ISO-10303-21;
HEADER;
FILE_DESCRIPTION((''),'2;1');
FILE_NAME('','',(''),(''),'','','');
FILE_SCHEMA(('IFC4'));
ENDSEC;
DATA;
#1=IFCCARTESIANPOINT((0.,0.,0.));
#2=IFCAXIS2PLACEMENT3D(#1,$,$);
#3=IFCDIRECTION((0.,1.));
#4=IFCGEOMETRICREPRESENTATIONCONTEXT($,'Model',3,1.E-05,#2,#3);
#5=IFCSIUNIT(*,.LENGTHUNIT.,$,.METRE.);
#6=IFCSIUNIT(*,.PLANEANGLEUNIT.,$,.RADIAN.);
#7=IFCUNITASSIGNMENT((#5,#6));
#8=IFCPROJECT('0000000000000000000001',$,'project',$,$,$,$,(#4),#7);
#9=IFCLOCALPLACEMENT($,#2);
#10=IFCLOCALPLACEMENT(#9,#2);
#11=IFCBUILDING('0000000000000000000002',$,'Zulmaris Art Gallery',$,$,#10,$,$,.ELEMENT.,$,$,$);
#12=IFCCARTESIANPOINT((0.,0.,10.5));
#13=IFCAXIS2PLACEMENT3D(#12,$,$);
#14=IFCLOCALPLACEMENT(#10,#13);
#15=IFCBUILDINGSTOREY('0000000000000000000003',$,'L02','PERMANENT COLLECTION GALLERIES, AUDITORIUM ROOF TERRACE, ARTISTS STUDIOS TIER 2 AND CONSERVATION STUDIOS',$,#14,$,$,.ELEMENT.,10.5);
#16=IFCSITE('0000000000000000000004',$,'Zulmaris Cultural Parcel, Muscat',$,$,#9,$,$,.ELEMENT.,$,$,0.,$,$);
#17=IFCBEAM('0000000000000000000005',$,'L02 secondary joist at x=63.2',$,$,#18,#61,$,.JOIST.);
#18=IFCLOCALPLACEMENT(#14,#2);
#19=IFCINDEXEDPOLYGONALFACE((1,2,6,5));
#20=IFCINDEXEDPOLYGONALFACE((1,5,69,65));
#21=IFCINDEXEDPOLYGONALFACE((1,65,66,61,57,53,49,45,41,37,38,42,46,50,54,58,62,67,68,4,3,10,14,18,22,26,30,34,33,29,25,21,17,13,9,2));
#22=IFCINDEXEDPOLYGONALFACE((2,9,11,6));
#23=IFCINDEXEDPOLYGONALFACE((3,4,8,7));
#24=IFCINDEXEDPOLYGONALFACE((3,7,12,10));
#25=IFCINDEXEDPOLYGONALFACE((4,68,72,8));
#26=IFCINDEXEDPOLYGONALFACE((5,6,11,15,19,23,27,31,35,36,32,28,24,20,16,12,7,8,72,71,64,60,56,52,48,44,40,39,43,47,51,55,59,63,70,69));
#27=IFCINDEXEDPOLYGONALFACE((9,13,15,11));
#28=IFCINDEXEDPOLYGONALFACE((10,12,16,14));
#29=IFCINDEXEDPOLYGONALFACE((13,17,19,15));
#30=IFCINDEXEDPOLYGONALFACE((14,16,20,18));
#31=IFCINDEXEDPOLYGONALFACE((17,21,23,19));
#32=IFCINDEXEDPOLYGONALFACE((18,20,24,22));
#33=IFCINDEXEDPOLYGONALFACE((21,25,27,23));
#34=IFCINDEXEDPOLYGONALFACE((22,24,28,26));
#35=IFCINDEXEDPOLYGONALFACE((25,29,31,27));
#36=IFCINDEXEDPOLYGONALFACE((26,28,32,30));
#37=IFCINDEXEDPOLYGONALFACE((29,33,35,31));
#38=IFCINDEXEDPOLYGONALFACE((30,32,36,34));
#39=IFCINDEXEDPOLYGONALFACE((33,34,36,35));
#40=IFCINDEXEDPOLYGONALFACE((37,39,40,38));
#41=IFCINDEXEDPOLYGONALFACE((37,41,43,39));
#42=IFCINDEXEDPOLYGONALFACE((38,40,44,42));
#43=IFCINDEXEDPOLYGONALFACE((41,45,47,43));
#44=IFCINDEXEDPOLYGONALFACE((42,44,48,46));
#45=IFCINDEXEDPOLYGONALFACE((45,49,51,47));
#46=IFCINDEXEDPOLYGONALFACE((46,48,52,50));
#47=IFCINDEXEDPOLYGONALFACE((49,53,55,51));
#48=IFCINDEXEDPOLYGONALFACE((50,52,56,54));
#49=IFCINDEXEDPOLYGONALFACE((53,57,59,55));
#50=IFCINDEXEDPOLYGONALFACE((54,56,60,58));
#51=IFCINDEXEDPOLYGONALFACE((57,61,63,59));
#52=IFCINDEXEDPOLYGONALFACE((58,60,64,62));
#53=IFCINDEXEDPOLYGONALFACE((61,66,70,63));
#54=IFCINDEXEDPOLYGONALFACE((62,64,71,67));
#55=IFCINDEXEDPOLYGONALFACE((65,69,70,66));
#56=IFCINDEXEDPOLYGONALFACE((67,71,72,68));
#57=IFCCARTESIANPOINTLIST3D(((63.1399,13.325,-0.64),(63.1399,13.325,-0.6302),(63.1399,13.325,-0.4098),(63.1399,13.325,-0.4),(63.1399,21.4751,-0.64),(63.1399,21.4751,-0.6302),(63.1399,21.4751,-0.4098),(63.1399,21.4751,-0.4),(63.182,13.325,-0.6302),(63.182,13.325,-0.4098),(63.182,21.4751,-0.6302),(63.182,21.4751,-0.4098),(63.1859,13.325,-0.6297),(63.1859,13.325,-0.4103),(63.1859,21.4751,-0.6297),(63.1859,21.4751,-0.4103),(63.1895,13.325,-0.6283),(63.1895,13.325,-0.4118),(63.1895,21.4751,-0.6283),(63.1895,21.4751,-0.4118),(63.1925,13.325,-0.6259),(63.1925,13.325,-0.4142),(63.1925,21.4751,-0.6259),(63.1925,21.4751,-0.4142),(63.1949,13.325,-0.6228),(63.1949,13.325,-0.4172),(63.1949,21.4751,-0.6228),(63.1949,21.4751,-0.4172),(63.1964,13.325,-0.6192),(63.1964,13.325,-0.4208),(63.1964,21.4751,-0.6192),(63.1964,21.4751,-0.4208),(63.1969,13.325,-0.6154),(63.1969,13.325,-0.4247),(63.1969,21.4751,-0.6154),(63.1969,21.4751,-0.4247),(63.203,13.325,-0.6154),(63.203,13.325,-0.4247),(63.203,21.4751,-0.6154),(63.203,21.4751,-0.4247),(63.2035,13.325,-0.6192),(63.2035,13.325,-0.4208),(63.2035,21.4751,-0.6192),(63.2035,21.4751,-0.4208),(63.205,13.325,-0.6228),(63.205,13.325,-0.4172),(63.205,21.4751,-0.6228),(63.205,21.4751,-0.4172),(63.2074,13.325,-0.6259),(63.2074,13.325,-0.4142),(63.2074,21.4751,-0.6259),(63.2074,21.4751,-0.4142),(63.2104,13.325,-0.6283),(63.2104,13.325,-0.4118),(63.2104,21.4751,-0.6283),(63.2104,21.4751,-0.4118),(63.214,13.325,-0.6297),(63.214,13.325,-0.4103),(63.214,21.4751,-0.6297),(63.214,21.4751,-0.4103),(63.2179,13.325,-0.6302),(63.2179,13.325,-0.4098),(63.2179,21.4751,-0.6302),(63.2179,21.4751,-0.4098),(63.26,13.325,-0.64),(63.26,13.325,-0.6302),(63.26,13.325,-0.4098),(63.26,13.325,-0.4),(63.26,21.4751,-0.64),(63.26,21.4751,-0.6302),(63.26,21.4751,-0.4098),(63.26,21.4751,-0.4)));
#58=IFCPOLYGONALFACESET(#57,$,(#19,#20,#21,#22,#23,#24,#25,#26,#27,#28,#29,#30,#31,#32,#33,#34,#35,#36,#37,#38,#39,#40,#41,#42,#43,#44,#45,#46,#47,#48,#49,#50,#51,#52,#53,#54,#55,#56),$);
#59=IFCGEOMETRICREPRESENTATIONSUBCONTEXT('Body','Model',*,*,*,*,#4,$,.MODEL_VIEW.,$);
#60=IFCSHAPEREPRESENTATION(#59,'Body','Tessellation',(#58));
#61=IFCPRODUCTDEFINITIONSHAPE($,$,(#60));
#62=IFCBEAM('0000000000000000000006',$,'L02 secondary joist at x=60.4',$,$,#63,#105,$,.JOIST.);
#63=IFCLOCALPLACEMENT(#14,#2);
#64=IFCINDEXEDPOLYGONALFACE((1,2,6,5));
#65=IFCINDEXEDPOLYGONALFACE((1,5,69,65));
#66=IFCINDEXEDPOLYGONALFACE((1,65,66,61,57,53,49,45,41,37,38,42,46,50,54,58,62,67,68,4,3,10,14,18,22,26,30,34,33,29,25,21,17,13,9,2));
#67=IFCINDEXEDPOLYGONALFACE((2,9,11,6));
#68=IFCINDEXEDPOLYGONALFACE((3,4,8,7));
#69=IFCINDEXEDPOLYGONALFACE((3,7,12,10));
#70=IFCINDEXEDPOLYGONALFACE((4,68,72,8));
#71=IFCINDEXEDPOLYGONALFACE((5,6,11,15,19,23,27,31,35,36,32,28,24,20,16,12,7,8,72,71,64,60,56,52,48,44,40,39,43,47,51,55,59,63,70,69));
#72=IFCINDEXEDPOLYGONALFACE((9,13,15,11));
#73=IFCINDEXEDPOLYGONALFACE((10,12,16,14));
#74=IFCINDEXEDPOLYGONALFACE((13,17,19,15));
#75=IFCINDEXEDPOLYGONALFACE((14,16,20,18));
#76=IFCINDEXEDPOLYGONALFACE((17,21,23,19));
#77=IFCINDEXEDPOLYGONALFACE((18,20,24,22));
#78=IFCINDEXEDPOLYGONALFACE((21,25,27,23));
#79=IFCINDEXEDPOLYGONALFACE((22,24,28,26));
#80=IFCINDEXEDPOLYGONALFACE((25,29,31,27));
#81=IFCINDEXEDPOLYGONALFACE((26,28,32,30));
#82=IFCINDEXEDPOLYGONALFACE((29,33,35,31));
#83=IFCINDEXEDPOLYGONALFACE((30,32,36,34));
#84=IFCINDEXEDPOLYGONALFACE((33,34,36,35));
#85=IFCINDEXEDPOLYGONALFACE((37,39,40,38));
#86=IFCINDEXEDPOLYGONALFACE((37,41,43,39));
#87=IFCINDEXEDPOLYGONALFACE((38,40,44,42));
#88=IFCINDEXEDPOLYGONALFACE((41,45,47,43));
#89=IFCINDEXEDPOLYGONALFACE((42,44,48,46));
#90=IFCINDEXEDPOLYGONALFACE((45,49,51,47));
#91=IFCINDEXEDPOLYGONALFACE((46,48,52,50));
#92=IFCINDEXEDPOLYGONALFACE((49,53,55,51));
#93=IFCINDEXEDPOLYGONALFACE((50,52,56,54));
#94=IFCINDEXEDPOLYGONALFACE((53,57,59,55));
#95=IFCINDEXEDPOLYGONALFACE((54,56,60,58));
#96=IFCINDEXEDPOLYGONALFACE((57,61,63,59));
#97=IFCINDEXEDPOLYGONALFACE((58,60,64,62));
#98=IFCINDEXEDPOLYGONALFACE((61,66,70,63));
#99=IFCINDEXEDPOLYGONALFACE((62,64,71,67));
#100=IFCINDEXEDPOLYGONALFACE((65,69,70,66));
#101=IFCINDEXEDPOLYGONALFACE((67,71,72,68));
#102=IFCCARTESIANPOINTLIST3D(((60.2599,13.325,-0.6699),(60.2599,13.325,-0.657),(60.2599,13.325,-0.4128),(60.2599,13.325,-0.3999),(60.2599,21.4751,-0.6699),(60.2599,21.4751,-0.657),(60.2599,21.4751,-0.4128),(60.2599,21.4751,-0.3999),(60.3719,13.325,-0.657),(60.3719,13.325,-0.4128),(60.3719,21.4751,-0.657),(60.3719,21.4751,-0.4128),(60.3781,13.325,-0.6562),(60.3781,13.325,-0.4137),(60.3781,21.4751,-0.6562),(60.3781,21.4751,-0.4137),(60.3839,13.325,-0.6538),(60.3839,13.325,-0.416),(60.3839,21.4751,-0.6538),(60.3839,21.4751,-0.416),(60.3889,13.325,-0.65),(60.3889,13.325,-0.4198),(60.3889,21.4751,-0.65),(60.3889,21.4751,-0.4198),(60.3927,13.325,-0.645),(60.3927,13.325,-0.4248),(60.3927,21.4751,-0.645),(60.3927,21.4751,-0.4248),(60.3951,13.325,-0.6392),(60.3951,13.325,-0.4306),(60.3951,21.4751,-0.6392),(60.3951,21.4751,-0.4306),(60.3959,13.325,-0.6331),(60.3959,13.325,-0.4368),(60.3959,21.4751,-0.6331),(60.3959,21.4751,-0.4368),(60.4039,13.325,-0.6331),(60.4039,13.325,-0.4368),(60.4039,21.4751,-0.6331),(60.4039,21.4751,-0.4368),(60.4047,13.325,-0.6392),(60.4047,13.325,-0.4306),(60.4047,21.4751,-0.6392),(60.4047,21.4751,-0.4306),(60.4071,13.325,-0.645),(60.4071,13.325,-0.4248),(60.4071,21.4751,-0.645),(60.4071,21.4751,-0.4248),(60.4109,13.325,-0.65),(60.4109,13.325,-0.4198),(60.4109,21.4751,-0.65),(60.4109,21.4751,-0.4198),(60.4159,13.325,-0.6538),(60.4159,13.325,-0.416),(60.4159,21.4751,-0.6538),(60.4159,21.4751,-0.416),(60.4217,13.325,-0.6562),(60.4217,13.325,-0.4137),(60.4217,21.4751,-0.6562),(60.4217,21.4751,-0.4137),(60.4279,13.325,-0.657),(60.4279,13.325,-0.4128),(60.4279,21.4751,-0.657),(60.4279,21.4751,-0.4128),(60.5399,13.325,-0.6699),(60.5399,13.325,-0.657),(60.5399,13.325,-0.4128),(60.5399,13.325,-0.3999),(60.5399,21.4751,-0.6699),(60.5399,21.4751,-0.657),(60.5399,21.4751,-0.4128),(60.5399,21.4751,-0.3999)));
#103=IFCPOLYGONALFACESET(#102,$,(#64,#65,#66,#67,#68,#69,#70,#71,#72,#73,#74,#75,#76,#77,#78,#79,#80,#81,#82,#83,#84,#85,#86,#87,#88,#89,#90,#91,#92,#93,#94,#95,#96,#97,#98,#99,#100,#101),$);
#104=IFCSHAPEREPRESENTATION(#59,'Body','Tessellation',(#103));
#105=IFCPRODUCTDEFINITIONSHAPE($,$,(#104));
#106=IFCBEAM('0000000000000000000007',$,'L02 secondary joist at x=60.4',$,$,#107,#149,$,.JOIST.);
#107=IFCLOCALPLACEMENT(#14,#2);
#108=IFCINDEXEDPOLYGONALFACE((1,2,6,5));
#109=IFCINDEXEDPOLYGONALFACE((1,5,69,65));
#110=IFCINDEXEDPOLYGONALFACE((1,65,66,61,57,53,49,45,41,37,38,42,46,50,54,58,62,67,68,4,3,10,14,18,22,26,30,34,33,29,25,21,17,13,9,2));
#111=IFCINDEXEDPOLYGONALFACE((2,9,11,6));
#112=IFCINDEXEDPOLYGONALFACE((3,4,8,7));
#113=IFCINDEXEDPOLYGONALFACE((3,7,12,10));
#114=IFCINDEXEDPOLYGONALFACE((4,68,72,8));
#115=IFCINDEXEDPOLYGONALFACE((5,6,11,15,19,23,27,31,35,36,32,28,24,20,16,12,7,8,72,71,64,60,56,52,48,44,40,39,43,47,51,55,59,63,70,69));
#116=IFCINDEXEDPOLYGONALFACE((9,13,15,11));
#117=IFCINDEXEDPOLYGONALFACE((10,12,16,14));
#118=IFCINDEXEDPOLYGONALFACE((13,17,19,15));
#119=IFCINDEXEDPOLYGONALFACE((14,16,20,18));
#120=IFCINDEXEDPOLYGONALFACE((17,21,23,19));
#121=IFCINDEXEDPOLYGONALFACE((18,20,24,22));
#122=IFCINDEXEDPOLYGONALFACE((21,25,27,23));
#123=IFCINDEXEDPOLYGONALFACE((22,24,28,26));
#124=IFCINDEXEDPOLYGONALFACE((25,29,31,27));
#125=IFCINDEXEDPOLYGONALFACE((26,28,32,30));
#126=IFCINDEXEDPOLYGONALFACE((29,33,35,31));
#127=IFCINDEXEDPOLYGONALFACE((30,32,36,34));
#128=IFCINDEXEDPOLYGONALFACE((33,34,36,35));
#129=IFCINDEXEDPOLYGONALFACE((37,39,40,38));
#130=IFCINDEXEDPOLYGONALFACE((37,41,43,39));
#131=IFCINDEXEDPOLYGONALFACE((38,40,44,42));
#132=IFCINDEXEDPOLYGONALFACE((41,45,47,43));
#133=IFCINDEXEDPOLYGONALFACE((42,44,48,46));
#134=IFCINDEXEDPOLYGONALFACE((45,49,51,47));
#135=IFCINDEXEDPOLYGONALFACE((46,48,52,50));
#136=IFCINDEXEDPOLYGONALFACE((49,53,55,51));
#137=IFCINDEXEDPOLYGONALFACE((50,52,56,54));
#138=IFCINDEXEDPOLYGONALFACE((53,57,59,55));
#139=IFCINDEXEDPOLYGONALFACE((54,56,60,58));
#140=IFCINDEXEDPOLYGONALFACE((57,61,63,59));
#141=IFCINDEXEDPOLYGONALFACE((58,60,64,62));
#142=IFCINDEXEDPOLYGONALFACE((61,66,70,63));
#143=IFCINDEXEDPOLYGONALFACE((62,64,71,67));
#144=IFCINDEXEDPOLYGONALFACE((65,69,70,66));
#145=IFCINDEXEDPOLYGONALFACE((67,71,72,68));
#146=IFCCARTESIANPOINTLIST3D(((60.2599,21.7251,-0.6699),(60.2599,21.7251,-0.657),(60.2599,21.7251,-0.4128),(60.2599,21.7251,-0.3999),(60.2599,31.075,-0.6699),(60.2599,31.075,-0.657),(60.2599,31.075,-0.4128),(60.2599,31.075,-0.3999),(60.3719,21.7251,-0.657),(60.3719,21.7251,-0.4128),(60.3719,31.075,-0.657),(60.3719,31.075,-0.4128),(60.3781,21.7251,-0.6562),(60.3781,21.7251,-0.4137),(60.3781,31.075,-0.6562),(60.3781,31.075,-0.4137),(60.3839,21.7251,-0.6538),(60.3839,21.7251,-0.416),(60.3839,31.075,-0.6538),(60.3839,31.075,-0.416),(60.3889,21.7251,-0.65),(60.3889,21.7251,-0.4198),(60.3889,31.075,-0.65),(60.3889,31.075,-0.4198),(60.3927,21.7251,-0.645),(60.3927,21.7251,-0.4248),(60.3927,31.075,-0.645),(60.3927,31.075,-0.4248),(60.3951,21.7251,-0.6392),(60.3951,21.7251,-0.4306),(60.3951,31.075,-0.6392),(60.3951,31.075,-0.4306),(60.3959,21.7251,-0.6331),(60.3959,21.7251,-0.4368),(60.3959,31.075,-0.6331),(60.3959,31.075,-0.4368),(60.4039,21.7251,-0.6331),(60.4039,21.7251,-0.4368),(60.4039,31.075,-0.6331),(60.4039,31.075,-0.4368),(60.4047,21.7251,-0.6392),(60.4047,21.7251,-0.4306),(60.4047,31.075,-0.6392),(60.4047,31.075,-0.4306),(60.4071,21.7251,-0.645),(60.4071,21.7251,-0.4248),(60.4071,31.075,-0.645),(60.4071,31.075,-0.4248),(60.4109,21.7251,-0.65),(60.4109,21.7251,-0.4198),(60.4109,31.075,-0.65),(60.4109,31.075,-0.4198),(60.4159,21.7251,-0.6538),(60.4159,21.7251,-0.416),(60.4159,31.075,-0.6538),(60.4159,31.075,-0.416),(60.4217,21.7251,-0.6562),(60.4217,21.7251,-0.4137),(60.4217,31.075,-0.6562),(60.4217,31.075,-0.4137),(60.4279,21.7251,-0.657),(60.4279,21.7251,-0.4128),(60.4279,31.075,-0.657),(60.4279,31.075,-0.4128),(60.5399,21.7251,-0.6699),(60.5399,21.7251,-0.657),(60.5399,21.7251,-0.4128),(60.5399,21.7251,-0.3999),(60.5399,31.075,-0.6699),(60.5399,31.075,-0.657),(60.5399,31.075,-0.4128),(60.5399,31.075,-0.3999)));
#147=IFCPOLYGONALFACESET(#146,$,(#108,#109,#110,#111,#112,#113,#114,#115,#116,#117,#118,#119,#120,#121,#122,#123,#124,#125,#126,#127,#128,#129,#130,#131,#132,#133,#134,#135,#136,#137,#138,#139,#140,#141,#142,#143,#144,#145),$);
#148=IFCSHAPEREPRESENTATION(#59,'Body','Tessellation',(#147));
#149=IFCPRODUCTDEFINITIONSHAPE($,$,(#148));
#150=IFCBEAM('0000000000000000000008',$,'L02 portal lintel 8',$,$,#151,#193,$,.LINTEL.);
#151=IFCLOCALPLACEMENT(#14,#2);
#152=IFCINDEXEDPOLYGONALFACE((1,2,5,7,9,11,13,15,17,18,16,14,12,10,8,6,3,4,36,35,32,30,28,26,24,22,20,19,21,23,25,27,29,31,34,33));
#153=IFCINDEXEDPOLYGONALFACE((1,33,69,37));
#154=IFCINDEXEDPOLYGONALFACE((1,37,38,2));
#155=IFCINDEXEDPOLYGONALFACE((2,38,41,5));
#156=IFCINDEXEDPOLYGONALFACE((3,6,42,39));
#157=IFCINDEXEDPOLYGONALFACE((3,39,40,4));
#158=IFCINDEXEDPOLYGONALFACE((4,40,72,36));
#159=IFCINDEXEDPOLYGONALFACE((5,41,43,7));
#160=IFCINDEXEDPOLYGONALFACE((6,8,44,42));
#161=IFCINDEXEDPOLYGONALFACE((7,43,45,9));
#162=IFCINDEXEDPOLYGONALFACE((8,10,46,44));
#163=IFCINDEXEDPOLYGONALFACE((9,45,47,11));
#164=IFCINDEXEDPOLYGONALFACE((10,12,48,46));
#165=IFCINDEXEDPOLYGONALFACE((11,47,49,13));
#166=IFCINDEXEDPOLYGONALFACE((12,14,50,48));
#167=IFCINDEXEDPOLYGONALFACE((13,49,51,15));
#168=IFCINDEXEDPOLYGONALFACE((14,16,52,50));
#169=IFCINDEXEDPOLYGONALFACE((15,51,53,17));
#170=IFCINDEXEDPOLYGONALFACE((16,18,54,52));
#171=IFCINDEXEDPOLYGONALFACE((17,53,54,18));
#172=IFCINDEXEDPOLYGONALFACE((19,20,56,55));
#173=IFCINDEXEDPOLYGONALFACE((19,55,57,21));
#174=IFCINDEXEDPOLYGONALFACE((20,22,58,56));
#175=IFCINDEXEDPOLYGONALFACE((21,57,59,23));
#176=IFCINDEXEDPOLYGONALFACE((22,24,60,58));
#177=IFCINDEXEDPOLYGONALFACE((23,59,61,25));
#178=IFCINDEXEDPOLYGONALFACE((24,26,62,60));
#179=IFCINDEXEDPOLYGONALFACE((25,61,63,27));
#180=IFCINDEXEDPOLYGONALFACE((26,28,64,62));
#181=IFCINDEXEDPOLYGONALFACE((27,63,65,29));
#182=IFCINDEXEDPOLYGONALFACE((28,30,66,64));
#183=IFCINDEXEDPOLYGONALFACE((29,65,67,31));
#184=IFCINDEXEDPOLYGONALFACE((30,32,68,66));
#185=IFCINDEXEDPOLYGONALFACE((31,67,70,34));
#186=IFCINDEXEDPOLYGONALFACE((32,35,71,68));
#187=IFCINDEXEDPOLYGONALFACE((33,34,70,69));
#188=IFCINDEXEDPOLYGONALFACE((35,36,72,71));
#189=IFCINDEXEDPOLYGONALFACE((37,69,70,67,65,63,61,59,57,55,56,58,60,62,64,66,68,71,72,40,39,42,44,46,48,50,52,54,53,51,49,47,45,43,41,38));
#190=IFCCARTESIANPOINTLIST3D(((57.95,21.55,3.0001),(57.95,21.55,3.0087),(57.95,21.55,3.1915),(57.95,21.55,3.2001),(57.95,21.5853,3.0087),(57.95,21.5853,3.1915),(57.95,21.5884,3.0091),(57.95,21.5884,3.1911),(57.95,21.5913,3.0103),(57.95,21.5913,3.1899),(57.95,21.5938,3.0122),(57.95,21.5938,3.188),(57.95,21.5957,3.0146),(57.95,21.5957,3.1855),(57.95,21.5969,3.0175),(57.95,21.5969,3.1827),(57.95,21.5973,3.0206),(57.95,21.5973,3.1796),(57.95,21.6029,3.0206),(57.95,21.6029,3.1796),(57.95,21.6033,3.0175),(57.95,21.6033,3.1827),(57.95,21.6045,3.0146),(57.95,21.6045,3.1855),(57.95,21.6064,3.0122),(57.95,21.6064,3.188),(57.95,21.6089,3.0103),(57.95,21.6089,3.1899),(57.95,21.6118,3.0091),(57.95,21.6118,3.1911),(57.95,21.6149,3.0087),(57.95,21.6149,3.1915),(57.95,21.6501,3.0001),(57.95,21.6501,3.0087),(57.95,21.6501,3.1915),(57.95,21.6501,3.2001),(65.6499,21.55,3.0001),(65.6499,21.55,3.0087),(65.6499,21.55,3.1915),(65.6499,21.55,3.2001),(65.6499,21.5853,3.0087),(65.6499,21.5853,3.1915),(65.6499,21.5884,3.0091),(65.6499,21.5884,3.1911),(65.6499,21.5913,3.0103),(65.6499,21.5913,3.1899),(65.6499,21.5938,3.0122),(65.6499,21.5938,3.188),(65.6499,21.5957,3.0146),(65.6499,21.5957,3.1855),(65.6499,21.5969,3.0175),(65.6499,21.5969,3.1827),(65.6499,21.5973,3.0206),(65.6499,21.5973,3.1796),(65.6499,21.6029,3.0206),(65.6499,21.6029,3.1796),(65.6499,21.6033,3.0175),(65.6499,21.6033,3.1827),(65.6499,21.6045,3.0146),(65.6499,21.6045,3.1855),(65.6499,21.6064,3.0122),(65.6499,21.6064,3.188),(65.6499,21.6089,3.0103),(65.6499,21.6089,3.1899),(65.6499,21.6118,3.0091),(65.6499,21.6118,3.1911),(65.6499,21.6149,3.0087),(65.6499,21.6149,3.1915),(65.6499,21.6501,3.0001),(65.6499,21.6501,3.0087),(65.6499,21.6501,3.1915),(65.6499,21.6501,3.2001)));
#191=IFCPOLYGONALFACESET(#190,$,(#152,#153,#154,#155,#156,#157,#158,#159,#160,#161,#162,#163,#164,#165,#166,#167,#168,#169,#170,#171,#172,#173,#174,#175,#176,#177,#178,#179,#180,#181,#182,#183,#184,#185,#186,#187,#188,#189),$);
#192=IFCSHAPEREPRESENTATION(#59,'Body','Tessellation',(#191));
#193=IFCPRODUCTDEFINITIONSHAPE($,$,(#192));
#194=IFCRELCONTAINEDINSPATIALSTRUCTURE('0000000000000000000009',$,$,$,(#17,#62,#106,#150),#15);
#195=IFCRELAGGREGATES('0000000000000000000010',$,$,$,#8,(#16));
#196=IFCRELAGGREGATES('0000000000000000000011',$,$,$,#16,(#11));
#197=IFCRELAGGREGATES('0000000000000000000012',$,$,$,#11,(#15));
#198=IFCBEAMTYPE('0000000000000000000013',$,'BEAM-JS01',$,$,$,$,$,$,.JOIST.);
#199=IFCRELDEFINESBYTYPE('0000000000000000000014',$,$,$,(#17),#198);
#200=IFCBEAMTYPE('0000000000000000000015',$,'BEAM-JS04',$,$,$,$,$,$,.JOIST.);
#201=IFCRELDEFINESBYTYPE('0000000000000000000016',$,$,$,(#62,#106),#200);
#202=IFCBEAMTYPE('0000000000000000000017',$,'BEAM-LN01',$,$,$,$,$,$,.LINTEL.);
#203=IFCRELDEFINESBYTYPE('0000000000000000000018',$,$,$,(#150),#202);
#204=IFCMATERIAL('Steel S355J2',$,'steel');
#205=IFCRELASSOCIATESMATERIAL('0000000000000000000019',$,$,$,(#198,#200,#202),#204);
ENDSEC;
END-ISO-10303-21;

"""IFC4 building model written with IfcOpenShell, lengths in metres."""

from ifc_helpers import new_model, si_unit, direction, frame, origin, origin_2d, place, context, subcontext, project, spatial, i_section, extrude, material, material_profile, profile_set, type_object, element, save


model = new_model("IFC4")

# Units and contexts
model_context = context("Model", 3, precision=1e-05, world=origin(), true_north=direction((0.0, 1.0)))
body_context = subcontext(model_context, "Body", "Model", "MODEL_VIEW")
ifc_project = project(units=[si_unit("LENGTHUNIT", "METRE"), si_unit("PLANEANGLEUNIT", "RADIAN")], contexts=[model_context])

# Site, building, storey
site_placement = place(None, origin())
site = spatial("IfcSite", under=ifc_project, at=site_placement, Name="Zulmaris Cultural Parcel, Muscat", CompositionType="ELEMENT", RefElevation=0.0)
building_placement = place(site_placement, origin())
building = spatial("IfcBuilding", under=site, at=building_placement, Name="Zulmaris Art Gallery", CompositionType="ELEMENT")
storey_placement = place(building_placement, frame((0.0, 0.0, 10.5)))
storey = spatial("IfcBuildingStorey", under=building, at=storey_placement, Name="L02", Description="PERMANENT COLLECTION GALLERIES, AUDITORIUM ROOF TERRACE, ARTISTS STUDIOS TIER 2 AND CONSERVATION STUDIOS", CompositionType="ELEMENT", Elevation=10.5)

# Beams
ifc_material_1 = material(Name="Steel S355J2", Category="steel")
ifc_material_profile_1 = material_profile(ifc_material_1, i_section(OverallWidth=0.1201, OverallDepth=0.24, WebThickness=0.0061, FlangeThickness=0.0098, FilletRadius=0.0149, at=origin_2d()), Name="IPE 240")
ifc_profile_set_1 = profile_set([ifc_material_profile_1], Name="Steel S355J2")
beam_type_1 = type_object("IfcBeamType", Name="BEAM-JS01", PredefinedType="JOIST", material=ifc_profile_set_1)
beam_1_placement = place(storey_placement, frame((63.2, 13.325, -0.52), z_axis=(0.0, 1.0, 0.0), x_axis=(-1.0, 0.0, 0.0)))
element("IfcBeam", 1, at=beam_1_placement, inside=storey, type_object=beam_type_1, Name="L02 secondary joist at x=63.2", PredefinedType="JOIST", context=body_context, shape_type="SweptSolid", body=[
    extrude(i_section(OverallWidth=0.1201, OverallDepth=0.24, WebThickness=0.0061, FlangeThickness=0.0098, FilletRadius=0.0149, at=origin_2d()), origin(), (0.0, 0.0, 1.0), 8.1501),
])
ifc_material_profile_2 = material_profile(ifc_material_1, i_section(OverallWidth=0.28, OverallDepth=0.27, WebThickness=0.0081, FlangeThickness=0.0129, FilletRadius=0.0239, at=origin_2d()), Name="HEA 280")
ifc_profile_set_2 = profile_set([ifc_material_profile_2], Name="Steel S355J2")
beam_type_2 = type_object("IfcBeamType", Name="BEAM-JS04", PredefinedType="JOIST", material=ifc_profile_set_2)
beam_2_placement = place(storey_placement, frame((60.3999, 13.325, -0.5349), z_axis=(0.0, 1.0, 0.0), x_axis=(-1.0, 0.0, 0.0)))
element("IfcBeam", 2, at=beam_2_placement, inside=storey, type_object=beam_type_2, Name="L02 secondary joist at x=60.4", PredefinedType="JOIST", context=body_context, shape_type="SweptSolid", body=[
    extrude(i_section(OverallWidth=0.28, OverallDepth=0.27, WebThickness=0.0081, FlangeThickness=0.0129, FilletRadius=0.0239, at=origin_2d()), origin(), (0.0, 0.0, 1.0), 8.1501),
])
beam_3_placement = place(storey_placement, frame((60.3999, 21.7251, -0.5349), z_axis=(0.0, 1.0, 0.0), x_axis=(-1.0, 0.0, 0.0)))
element("IfcBeam", 3, at=beam_3_placement, inside=storey, type_object=beam_type_2, Name="L02 secondary joist at x=60.4", PredefinedType="JOIST", context=body_context, shape_type="SweptSolid", body=[
    extrude(i_section(OverallWidth=0.28, OverallDepth=0.27, WebThickness=0.0081, FlangeThickness=0.0129, FilletRadius=0.0239, at=origin_2d()), origin(), (0.0, 0.0, 1.0), 9.3499),
])
ifc_material_profile_3 = material_profile(ifc_material_1, i_section(OverallWidth=0.1001, OverallDepth=0.2, WebThickness=0.0056, FlangeThickness=0.0085, FilletRadius=0.012, at=origin_2d()), Name="IPE 200")
ifc_profile_set_3 = profile_set([ifc_material_profile_3], Name="Steel S355J2")
beam_type_3 = type_object("IfcBeamType", Name="BEAM-LN01", PredefinedType="LINTEL", material=ifc_profile_set_3)
beam_4_placement = place(storey_placement, frame((57.95, 21.6001, 3.1001), z_axis=(1.0, 0.0, 0.0), x_axis=(0.0, 1.0, 0.0)))
element("IfcBeam", 4, at=beam_4_placement, inside=storey, type_object=beam_type_3, Name="L02 portal lintel 8", PredefinedType="LINTEL", context=body_context, shape_type="SweptSolid", body=[
    extrude(i_section(OverallWidth=0.1001, OverallDepth=0.2, WebThickness=0.0056, FlangeThickness=0.0085, FilletRadius=0.012, at=origin_2d()), origin(), (0.0, 0.0, 1.0), 7.7),
])

save(model, "model.ifc")
